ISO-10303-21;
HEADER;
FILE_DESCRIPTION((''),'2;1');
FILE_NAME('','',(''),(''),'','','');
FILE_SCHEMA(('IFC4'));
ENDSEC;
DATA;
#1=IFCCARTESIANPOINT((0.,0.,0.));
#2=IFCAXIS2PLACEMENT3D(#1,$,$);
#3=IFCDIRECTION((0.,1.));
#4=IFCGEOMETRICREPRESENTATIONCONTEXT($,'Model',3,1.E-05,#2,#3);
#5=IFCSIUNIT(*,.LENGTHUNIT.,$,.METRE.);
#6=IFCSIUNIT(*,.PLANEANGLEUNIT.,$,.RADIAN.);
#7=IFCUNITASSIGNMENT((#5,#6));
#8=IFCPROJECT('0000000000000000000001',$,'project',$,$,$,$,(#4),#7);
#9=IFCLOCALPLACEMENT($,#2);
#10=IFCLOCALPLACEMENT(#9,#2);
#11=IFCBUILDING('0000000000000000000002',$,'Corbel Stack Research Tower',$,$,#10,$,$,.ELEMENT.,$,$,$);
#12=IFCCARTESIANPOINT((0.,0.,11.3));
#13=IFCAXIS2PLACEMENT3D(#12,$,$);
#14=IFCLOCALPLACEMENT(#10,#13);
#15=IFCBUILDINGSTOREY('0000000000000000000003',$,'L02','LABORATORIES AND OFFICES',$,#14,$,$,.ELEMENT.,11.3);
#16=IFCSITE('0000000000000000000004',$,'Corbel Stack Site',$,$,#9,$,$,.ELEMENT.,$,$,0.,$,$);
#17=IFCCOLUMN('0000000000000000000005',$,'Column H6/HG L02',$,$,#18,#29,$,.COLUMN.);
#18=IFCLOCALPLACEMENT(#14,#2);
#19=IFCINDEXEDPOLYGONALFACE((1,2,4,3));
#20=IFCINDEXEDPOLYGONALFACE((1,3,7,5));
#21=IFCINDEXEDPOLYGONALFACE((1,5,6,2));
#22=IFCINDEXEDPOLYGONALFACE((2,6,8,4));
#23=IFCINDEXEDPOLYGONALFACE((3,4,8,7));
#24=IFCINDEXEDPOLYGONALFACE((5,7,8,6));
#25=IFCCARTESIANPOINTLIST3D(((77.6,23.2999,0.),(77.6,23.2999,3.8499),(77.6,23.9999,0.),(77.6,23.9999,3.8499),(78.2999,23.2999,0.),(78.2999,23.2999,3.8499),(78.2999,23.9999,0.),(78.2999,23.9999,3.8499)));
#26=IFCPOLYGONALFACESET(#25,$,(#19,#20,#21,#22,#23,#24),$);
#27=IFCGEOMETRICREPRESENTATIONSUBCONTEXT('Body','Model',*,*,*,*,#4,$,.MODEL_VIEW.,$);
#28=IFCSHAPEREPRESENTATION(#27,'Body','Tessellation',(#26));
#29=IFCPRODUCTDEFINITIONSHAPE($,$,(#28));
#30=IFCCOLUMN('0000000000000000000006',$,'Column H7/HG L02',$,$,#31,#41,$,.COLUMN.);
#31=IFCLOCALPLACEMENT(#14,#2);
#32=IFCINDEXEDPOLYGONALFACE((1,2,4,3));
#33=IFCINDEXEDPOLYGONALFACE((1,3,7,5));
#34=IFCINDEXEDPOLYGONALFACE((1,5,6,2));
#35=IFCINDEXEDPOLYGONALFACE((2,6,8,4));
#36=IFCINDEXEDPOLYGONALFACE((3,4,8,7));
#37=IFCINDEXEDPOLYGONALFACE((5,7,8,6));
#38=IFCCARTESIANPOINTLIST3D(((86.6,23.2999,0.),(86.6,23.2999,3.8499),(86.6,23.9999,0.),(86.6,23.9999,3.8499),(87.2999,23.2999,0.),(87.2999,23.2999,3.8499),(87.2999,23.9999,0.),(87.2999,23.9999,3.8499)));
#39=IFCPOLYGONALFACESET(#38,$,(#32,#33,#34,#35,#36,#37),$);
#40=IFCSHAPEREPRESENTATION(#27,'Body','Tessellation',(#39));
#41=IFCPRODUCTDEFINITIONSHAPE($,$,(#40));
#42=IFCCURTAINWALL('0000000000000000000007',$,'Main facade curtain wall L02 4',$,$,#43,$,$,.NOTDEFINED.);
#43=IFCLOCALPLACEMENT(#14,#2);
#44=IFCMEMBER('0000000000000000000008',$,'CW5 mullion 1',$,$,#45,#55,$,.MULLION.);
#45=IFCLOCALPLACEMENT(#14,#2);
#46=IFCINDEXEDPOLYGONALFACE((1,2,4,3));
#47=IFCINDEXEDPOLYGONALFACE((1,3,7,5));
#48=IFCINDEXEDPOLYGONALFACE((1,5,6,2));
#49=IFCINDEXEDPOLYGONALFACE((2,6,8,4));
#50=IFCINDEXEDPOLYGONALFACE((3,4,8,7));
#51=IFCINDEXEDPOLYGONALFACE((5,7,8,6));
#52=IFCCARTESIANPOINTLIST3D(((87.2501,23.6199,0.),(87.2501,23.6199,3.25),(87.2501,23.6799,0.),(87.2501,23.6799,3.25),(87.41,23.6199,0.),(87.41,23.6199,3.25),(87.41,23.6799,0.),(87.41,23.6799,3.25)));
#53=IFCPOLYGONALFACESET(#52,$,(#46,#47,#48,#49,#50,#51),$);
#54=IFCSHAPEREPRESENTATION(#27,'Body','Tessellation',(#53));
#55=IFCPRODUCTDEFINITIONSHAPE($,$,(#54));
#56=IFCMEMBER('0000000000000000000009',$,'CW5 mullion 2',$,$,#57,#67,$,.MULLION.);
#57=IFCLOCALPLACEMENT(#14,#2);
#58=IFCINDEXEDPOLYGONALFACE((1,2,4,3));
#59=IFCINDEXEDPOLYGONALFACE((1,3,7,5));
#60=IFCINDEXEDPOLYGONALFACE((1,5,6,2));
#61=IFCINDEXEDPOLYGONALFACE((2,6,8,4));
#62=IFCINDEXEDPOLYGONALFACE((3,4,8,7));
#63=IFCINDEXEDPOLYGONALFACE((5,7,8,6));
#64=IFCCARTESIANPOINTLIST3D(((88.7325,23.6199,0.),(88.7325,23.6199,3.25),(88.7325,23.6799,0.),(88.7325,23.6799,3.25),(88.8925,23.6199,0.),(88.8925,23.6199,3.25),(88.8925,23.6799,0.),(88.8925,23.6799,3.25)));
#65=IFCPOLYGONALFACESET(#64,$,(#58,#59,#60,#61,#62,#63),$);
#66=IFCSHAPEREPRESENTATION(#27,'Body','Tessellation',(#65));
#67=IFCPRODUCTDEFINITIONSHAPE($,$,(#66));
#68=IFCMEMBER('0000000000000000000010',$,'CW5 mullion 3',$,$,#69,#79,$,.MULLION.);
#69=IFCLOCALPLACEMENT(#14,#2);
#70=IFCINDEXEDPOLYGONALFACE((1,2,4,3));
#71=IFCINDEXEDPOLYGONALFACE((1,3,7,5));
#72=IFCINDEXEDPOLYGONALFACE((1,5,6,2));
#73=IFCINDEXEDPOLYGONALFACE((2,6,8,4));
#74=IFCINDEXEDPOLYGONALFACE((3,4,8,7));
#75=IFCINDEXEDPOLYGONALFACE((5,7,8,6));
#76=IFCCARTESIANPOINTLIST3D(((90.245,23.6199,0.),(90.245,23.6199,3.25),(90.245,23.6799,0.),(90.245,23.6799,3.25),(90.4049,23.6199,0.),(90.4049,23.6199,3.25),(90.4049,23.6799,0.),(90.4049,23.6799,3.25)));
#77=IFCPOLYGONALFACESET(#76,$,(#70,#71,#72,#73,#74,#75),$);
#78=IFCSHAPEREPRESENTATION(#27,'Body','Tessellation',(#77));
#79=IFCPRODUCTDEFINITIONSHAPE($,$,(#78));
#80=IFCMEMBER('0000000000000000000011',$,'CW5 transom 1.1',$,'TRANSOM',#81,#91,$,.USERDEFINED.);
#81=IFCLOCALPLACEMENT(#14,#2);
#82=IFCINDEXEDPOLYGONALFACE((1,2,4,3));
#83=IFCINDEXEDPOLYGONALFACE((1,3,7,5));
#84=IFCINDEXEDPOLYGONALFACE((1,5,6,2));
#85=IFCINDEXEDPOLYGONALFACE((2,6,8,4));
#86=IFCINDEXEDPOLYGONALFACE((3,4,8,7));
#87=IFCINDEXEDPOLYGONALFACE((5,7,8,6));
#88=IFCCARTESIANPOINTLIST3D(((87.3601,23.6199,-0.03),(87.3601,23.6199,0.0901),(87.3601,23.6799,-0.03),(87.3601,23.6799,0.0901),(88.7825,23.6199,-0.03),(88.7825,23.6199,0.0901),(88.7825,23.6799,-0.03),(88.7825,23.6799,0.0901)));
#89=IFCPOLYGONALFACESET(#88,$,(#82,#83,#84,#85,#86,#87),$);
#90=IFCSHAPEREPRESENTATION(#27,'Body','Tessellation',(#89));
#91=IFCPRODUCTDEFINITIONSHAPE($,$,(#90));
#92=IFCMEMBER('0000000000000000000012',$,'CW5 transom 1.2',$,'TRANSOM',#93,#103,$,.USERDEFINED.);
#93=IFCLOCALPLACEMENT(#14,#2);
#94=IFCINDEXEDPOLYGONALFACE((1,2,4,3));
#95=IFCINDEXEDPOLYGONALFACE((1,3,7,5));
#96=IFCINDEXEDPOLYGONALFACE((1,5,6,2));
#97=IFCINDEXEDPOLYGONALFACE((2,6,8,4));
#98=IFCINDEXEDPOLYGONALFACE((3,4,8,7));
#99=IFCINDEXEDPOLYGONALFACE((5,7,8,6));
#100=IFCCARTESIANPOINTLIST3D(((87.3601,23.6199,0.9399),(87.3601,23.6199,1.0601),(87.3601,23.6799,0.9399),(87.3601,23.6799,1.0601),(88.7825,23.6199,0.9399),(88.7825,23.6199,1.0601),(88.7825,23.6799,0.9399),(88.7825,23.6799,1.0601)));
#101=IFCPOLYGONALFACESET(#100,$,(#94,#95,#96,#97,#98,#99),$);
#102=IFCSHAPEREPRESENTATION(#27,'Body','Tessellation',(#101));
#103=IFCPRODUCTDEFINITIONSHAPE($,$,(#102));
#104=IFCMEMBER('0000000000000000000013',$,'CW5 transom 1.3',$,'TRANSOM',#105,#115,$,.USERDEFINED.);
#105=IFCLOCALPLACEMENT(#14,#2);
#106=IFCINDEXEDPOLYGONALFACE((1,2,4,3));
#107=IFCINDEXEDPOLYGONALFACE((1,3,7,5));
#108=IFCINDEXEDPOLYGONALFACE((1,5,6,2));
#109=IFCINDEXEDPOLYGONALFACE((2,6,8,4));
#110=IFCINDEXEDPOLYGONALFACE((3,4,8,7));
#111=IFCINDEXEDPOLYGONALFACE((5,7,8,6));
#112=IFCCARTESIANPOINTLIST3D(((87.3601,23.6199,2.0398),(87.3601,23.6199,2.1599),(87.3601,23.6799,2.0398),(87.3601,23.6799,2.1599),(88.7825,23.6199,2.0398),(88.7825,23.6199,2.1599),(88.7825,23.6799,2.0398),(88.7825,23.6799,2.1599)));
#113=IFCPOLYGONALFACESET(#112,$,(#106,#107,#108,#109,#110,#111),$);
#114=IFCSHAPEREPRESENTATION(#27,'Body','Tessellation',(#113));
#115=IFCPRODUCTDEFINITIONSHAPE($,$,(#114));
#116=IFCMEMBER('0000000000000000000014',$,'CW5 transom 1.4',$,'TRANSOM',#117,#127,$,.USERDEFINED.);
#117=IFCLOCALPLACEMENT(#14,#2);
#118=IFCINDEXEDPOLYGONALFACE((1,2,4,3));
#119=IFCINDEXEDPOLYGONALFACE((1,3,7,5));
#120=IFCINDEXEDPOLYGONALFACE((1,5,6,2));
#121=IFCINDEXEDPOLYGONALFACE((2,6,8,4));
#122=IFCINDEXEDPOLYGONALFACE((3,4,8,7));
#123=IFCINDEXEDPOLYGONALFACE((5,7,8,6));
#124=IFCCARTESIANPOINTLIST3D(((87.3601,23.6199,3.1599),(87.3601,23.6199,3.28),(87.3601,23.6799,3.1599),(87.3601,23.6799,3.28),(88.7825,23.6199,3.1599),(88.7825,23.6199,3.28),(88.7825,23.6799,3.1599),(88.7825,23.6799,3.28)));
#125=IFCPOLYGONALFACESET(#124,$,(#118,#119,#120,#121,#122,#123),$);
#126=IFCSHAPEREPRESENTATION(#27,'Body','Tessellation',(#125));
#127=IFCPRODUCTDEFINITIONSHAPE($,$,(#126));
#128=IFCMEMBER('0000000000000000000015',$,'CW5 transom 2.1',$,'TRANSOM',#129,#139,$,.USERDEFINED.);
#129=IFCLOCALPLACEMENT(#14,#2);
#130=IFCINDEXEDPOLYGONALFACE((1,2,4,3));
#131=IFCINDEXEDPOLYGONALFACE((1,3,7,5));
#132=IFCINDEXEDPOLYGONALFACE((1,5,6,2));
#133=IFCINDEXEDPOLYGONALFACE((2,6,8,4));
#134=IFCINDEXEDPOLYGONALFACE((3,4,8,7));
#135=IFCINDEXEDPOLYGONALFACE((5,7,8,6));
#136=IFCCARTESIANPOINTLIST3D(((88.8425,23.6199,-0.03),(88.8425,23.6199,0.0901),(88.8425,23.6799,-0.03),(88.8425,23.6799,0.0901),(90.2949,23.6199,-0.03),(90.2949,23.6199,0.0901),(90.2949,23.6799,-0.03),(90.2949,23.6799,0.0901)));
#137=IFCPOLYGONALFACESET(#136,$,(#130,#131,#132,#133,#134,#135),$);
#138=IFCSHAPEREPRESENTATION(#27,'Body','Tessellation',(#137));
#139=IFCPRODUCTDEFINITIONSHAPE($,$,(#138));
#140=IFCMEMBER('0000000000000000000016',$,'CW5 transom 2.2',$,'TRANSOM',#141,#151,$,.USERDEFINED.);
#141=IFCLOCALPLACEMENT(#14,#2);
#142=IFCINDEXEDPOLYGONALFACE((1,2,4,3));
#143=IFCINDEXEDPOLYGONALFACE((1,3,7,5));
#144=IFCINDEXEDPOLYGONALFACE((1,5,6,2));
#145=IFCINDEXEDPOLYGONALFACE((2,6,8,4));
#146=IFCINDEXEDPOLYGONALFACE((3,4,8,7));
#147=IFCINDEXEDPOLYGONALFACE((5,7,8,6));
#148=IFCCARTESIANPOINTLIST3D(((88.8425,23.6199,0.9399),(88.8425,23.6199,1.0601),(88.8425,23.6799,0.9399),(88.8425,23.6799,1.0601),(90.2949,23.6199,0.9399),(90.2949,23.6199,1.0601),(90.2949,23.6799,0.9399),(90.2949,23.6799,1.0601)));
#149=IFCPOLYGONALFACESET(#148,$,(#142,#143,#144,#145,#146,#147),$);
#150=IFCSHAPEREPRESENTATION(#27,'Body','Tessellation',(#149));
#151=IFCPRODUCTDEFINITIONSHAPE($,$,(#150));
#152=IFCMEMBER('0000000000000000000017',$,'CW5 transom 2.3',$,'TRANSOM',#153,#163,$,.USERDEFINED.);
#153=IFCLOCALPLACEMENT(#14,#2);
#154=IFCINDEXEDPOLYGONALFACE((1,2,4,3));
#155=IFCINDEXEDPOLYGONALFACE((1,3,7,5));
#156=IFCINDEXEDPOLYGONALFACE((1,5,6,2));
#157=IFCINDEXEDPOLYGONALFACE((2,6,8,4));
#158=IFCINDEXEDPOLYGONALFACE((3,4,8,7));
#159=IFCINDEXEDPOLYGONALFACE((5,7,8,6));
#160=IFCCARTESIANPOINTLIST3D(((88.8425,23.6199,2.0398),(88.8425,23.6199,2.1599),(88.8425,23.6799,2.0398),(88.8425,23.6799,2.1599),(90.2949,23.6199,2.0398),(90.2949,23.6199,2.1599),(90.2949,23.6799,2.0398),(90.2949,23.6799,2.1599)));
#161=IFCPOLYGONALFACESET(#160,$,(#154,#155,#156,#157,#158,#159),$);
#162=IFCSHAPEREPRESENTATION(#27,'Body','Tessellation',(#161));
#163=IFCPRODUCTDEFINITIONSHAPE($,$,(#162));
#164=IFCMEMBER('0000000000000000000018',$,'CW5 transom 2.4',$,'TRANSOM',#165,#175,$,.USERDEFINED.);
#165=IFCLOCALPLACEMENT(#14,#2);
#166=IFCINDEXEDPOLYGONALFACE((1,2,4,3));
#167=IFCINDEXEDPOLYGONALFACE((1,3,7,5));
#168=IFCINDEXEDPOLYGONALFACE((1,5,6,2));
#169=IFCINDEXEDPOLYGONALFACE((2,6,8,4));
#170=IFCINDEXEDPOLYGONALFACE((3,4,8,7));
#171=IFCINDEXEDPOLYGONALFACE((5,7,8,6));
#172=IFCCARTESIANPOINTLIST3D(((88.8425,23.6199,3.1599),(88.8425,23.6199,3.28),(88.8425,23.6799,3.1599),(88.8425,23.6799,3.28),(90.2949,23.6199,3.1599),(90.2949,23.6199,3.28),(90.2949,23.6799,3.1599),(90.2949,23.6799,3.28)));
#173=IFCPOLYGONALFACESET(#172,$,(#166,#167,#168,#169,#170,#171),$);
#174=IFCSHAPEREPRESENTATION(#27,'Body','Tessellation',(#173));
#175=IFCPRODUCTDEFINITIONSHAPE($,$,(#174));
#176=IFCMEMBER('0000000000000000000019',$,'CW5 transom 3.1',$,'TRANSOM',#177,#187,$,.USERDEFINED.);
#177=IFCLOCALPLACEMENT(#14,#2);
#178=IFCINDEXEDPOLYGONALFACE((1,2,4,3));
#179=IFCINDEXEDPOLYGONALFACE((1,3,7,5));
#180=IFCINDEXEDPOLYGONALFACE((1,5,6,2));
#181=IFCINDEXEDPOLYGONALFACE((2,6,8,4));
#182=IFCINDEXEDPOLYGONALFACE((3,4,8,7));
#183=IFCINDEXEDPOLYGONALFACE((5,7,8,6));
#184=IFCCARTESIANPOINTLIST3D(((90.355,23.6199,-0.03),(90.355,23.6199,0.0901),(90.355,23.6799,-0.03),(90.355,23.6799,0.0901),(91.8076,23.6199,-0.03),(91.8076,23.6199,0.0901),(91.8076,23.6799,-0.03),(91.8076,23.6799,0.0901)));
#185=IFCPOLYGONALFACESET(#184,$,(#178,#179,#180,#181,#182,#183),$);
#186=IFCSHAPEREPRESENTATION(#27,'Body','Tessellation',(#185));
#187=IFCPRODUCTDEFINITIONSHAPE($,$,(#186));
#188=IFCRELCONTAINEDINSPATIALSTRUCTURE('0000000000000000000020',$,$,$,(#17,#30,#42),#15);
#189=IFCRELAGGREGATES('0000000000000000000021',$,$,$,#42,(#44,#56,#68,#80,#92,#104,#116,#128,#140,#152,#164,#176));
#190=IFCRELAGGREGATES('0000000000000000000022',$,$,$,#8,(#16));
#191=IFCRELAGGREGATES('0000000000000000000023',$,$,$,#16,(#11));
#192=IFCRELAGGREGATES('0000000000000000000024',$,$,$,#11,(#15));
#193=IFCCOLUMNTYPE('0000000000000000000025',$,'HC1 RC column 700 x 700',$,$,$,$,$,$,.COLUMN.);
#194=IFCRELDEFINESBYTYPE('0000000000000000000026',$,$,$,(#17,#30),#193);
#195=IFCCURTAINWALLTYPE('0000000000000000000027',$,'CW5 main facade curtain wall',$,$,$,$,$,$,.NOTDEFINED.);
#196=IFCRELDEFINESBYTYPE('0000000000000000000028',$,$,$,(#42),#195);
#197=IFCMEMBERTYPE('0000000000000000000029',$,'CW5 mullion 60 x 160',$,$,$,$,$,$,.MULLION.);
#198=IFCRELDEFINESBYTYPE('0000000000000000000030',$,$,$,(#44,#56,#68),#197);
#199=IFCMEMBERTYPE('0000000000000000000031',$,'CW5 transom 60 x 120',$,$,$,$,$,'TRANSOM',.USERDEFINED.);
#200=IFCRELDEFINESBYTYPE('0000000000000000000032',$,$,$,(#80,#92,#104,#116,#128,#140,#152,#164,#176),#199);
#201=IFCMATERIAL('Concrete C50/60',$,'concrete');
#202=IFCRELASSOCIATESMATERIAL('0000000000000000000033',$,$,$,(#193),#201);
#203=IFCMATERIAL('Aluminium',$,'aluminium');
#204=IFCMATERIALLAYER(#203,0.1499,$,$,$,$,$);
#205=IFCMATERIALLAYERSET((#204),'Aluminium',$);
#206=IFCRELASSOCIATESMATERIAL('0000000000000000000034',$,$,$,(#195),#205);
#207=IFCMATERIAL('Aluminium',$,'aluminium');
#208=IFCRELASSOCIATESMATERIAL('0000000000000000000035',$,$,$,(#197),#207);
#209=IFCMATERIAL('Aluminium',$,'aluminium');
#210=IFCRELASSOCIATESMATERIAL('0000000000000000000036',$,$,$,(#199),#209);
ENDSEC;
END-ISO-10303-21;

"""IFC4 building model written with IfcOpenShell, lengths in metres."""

from ifc_helpers import new_model, si_unit, direction, frame, origin, origin_2d, place, context, subcontext, project, spatial, rectangle, extrude, material, layer, layer_set, material_profile, profile_set, type_object, element, aggregate, save


model = new_model("IFC4")

# Units and contexts
model_context = context("Model", 3, precision=1e-05, world=origin(), true_north=direction((0.0, 1.0)))
body_context = subcontext(model_context, "Body", "Model", "MODEL_VIEW")
ifc_project = project(units=[si_unit("LENGTHUNIT", "METRE"), si_unit("PLANEANGLEUNIT", "RADIAN")], contexts=[model_context])

# Site, building, storey
site_placement = place(None, origin())
site = spatial("IfcSite", under=ifc_project, at=site_placement, Name="Corbel Stack Site", CompositionType="ELEMENT", RefElevation=0.0)
building_placement = place(site_placement, origin())
building = spatial("IfcBuilding", under=site, at=building_placement, Name="Corbel Stack Research Tower", CompositionType="ELEMENT")
storey_placement = place(building_placement, frame((0.0, 0.0, 11.3)))
storey = spatial("IfcBuildingStorey", under=building, at=storey_placement, Name="L02", Description="LABORATORIES AND OFFICES", CompositionType="ELEMENT", Elevation=11.3)

# Columns
ifc_material_1 = material(Name="Concrete C50/60", Category="concrete")
ifc_material_profile_1 = material_profile(ifc_material_1, rectangle(XDim=0.7, YDim=0.7, at=origin_2d()), Name="RC 700 x 700")
ifc_profile_set_1 = profile_set([ifc_material_profile_1], Name="Concrete C50/60")
column_type = type_object("IfcColumnType", Name="HC1 RC column 700 x 700", PredefinedType="COLUMN", material=ifc_profile_set_1)
for number, where, z_axis, x_axis, name in (
    (1, (77.95, 23.6499, 0.0), (0.0, 0.0, 1.0), (1.0, 0.0, 0.0), "Column H6/HG L02"),
    (2, (86.95, 23.6499, 0.0), (0.0, 0.0, 1.0), (1.0, 0.0, 0.0), "Column H7/HG L02"),
):
    element("IfcColumn", number, at=place(storey_placement, frame(where, z_axis=z_axis, x_axis=x_axis)), inside=storey, type_object=column_type, Name=name, PredefinedType="COLUMN", context=body_context, shape_type="SweptSolid", body=[
        extrude(rectangle(XDim=0.7, YDim=0.7, at=origin_2d()), origin(), (0.0, 0.0, 1.0), 3.8499),
    ])

# Curtain wall, members
ifc_material_2 = material(Name="Aluminium", Category="aluminium")
ifc_layer_1 = layer(ifc_material_2, 0.1499)
ifc_layer_set_1 = layer_set([ifc_layer_1], Name="Aluminium")
curtain_wall_type = type_object("IfcCurtainWallType", Name="CW5 main facade curtain wall", PredefinedType="NOTDEFINED", material=ifc_layer_set_1)
curtain_wall_placement = place(storey_placement, origin())
curtain_wall = element("IfcCurtainWall", 3, at=curtain_wall_placement, inside=storey, type_object=curtain_wall_type, Name="Main facade curtain wall L02 4", PredefinedType="NOTDEFINED")
ifc_material_3 = material(Name="Aluminium", Category="aluminium")
ifc_material_profile_2 = material_profile(ifc_material_3, rectangle(XDim=0.0601, YDim=0.1599, at=origin_2d()), Name="Mullion 60 x 160")
ifc_profile_set_2 = profile_set([ifc_material_profile_2], Name="Aluminium")
member_type_1 = type_object("IfcMemberType", Name="CW5 mullion 60 x 160", PredefinedType="MULLION", material=ifc_profile_set_2)
member_1_placement = place(storey_placement, frame((87.3301, 23.6499, 0.0), z_axis=(0.0, 0.0, 1.0), x_axis=(0.0, 1.0, 0.0)))
member_1 = element("IfcMember", 4, at=member_1_placement, type_object=member_type_1, Name="CW5 mullion 1", PredefinedType="MULLION", context=body_context, shape_type="SweptSolid", body=[
    extrude(rectangle(XDim=0.0601, YDim=0.1599, at=origin_2d()), origin(), (0.0, 0.0, 1.0), 3.25),
])
member_2_placement = place(storey_placement, frame((88.8125, 23.6499, 0.0), z_axis=(0.0, 0.0, 1.0), x_axis=(0.0, 1.0, 0.0)))
member_2 = element("IfcMember", 5, at=member_2_placement, type_object=member_type_1, Name="CW5 mullion 2", PredefinedType="MULLION", context=body_context, shape_type="SweptSolid", body=[
    extrude(rectangle(XDim=0.0601, YDim=0.1599, at=origin_2d()), origin(), (0.0, 0.0, 1.0), 3.25),
])
member_3_placement = place(storey_placement, frame((90.325, 23.6499, 0.0), z_axis=(0.0, 0.0, 1.0), x_axis=(0.0, 1.0, 0.0)))
member_3 = element("IfcMember", 6, at=member_3_placement, type_object=member_type_1, Name="CW5 mullion 3", PredefinedType="MULLION", context=body_context, shape_type="SweptSolid", body=[
    extrude(rectangle(XDim=0.0601, YDim=0.1599, at=origin_2d()), origin(), (0.0, 0.0, 1.0), 3.25),
])
ifc_material_4 = material(Name="Aluminium", Category="aluminium")
ifc_material_profile_3 = material_profile(ifc_material_4, rectangle(XDim=0.0601, YDim=0.1201, at=origin_2d()), Name="Transom 60 x 120")
ifc_profile_set_3 = profile_set([ifc_material_profile_3], Name="Aluminium")
member_type_2 = type_object("IfcMemberType", Name="CW5 transom 60 x 120", ElementType="TRANSOM", PredefinedType="USERDEFINED", material=ifc_profile_set_3)
member_4_placement = place(storey_placement, frame((87.3601, 23.6499, 0.03), z_axis=(1.0, 0.0, 0.0), x_axis=(0.0, 1.0, 0.0)))
member_4 = element("IfcMember", 7, at=member_4_placement, type_object=member_type_2, Name="CW5 transom 1.1", ObjectType="TRANSOM", PredefinedType="USERDEFINED", context=body_context, shape_type="SweptSolid", body=[
    extrude(rectangle(XDim=0.0601, YDim=0.1201, at=origin_2d()), origin(), (0.0, 0.0, 1.0), 1.4224),
])
member_5_placement = place(storey_placement, frame((87.3601, 23.6499, 1.0), z_axis=(1.0, 0.0, 0.0), x_axis=(0.0, 1.0, 0.0)))
member_5 = element("IfcMember", 8, at=member_5_placement, type_object=member_type_2, Name="CW5 transom 1.2", ObjectType="TRANSOM", PredefinedType="USERDEFINED", context=body_context, shape_type="SweptSolid", body=[
    extrude(rectangle(XDim=0.0601, YDim=0.1201, at=origin_2d()), origin(), (0.0, 0.0, 1.0), 1.4224),
])
member_6_placement = place(storey_placement, frame((87.3601, 23.6499, 2.0999), z_axis=(1.0, 0.0, 0.0), x_axis=(0.0, 1.0, 0.0)))
member_6 = element("IfcMember", 9, at=member_6_placement, type_object=member_type_2, Name="CW5 transom 1.3", ObjectType="TRANSOM", PredefinedType="USERDEFINED", context=body_context, shape_type="SweptSolid", body=[
    extrude(rectangle(XDim=0.0601, YDim=0.1201, at=origin_2d()), origin(), (0.0, 0.0, 1.0), 1.4224),
])
member_7_placement = place(storey_placement, frame((87.3601, 23.6499, 3.22), z_axis=(1.0, 0.0, 0.0), x_axis=(0.0, 1.0, 0.0)))
member_7 = element("IfcMember", 10, at=member_7_placement, type_object=member_type_2, Name="CW5 transom 1.4", ObjectType="TRANSOM", PredefinedType="USERDEFINED", context=body_context, shape_type="SweptSolid", body=[
    extrude(rectangle(XDim=0.0601, YDim=0.1201, at=origin_2d()), origin(), (0.0, 0.0, 1.0), 1.4224),
])
member_8_placement = place(storey_placement, frame((88.8425, 23.6499, 0.03), z_axis=(1.0, 0.0, 0.0), x_axis=(0.0, 1.0, 0.0)))
member_8 = element("IfcMember", 11, at=member_8_placement, type_object=member_type_2, Name="CW5 transom 2.1", ObjectType="TRANSOM", PredefinedType="USERDEFINED", context=body_context, shape_type="SweptSolid", body=[
    extrude(rectangle(XDim=0.0601, YDim=0.1201, at=origin_2d()), origin(), (0.0, 0.0, 1.0), 1.4524),
])
member_9_placement = place(storey_placement, frame((88.8425, 23.6499, 1.0), z_axis=(1.0, 0.0, 0.0), x_axis=(0.0, 1.0, 0.0)))
member_9 = element("IfcMember", 12, at=member_9_placement, type_object=member_type_2, Name="CW5 transom 2.2", ObjectType="TRANSOM", PredefinedType="USERDEFINED", context=body_context, shape_type="SweptSolid", body=[
    extrude(rectangle(XDim=0.0601, YDim=0.1201, at=origin_2d()), origin(), (0.0, 0.0, 1.0), 1.4524),
])
member_10_placement = place(storey_placement, frame((88.8425, 23.6499, 2.0999), z_axis=(1.0, 0.0, 0.0), x_axis=(0.0, 1.0, 0.0)))
member_10 = element("IfcMember", 13, at=member_10_placement, type_object=member_type_2, Name="CW5 transom 2.3", ObjectType="TRANSOM", PredefinedType="USERDEFINED", context=body_context, shape_type="SweptSolid", body=[
    extrude(rectangle(XDim=0.0601, YDim=0.1201, at=origin_2d()), origin(), (0.0, 0.0, 1.0), 1.4524),
])
member_11_placement = place(storey_placement, frame((88.8425, 23.6499, 3.22), z_axis=(1.0, 0.0, 0.0), x_axis=(0.0, 1.0, 0.0)))
member_11 = element("IfcMember", 14, at=member_11_placement, type_object=member_type_2, Name="CW5 transom 2.4", ObjectType="TRANSOM", PredefinedType="USERDEFINED", context=body_context, shape_type="SweptSolid", body=[
    extrude(rectangle(XDim=0.0601, YDim=0.1201, at=origin_2d()), origin(), (0.0, 0.0, 1.0), 1.4524),
])
member_12_placement = place(storey_placement, frame((90.355, 23.6499, 0.03), z_axis=(1.0, 0.0, 0.0), x_axis=(0.0, 1.0, 0.0)))
member_12 = element("IfcMember", 15, at=member_12_placement, type_object=member_type_2, Name="CW5 transom 3.1", ObjectType="TRANSOM", PredefinedType="USERDEFINED", context=body_context, shape_type="SweptSolid", body=[
    extrude(rectangle(XDim=0.0601, YDim=0.1201, at=origin_2d()), origin(), (0.0, 0.0, 1.0), 1.4526),
])

aggregate(curtain_wall, [member_1, member_2, member_3, member_4, member_5, member_6, member_7, member_8, member_9, member_10, member_11, member_12])

save(model, "model.ifc")
